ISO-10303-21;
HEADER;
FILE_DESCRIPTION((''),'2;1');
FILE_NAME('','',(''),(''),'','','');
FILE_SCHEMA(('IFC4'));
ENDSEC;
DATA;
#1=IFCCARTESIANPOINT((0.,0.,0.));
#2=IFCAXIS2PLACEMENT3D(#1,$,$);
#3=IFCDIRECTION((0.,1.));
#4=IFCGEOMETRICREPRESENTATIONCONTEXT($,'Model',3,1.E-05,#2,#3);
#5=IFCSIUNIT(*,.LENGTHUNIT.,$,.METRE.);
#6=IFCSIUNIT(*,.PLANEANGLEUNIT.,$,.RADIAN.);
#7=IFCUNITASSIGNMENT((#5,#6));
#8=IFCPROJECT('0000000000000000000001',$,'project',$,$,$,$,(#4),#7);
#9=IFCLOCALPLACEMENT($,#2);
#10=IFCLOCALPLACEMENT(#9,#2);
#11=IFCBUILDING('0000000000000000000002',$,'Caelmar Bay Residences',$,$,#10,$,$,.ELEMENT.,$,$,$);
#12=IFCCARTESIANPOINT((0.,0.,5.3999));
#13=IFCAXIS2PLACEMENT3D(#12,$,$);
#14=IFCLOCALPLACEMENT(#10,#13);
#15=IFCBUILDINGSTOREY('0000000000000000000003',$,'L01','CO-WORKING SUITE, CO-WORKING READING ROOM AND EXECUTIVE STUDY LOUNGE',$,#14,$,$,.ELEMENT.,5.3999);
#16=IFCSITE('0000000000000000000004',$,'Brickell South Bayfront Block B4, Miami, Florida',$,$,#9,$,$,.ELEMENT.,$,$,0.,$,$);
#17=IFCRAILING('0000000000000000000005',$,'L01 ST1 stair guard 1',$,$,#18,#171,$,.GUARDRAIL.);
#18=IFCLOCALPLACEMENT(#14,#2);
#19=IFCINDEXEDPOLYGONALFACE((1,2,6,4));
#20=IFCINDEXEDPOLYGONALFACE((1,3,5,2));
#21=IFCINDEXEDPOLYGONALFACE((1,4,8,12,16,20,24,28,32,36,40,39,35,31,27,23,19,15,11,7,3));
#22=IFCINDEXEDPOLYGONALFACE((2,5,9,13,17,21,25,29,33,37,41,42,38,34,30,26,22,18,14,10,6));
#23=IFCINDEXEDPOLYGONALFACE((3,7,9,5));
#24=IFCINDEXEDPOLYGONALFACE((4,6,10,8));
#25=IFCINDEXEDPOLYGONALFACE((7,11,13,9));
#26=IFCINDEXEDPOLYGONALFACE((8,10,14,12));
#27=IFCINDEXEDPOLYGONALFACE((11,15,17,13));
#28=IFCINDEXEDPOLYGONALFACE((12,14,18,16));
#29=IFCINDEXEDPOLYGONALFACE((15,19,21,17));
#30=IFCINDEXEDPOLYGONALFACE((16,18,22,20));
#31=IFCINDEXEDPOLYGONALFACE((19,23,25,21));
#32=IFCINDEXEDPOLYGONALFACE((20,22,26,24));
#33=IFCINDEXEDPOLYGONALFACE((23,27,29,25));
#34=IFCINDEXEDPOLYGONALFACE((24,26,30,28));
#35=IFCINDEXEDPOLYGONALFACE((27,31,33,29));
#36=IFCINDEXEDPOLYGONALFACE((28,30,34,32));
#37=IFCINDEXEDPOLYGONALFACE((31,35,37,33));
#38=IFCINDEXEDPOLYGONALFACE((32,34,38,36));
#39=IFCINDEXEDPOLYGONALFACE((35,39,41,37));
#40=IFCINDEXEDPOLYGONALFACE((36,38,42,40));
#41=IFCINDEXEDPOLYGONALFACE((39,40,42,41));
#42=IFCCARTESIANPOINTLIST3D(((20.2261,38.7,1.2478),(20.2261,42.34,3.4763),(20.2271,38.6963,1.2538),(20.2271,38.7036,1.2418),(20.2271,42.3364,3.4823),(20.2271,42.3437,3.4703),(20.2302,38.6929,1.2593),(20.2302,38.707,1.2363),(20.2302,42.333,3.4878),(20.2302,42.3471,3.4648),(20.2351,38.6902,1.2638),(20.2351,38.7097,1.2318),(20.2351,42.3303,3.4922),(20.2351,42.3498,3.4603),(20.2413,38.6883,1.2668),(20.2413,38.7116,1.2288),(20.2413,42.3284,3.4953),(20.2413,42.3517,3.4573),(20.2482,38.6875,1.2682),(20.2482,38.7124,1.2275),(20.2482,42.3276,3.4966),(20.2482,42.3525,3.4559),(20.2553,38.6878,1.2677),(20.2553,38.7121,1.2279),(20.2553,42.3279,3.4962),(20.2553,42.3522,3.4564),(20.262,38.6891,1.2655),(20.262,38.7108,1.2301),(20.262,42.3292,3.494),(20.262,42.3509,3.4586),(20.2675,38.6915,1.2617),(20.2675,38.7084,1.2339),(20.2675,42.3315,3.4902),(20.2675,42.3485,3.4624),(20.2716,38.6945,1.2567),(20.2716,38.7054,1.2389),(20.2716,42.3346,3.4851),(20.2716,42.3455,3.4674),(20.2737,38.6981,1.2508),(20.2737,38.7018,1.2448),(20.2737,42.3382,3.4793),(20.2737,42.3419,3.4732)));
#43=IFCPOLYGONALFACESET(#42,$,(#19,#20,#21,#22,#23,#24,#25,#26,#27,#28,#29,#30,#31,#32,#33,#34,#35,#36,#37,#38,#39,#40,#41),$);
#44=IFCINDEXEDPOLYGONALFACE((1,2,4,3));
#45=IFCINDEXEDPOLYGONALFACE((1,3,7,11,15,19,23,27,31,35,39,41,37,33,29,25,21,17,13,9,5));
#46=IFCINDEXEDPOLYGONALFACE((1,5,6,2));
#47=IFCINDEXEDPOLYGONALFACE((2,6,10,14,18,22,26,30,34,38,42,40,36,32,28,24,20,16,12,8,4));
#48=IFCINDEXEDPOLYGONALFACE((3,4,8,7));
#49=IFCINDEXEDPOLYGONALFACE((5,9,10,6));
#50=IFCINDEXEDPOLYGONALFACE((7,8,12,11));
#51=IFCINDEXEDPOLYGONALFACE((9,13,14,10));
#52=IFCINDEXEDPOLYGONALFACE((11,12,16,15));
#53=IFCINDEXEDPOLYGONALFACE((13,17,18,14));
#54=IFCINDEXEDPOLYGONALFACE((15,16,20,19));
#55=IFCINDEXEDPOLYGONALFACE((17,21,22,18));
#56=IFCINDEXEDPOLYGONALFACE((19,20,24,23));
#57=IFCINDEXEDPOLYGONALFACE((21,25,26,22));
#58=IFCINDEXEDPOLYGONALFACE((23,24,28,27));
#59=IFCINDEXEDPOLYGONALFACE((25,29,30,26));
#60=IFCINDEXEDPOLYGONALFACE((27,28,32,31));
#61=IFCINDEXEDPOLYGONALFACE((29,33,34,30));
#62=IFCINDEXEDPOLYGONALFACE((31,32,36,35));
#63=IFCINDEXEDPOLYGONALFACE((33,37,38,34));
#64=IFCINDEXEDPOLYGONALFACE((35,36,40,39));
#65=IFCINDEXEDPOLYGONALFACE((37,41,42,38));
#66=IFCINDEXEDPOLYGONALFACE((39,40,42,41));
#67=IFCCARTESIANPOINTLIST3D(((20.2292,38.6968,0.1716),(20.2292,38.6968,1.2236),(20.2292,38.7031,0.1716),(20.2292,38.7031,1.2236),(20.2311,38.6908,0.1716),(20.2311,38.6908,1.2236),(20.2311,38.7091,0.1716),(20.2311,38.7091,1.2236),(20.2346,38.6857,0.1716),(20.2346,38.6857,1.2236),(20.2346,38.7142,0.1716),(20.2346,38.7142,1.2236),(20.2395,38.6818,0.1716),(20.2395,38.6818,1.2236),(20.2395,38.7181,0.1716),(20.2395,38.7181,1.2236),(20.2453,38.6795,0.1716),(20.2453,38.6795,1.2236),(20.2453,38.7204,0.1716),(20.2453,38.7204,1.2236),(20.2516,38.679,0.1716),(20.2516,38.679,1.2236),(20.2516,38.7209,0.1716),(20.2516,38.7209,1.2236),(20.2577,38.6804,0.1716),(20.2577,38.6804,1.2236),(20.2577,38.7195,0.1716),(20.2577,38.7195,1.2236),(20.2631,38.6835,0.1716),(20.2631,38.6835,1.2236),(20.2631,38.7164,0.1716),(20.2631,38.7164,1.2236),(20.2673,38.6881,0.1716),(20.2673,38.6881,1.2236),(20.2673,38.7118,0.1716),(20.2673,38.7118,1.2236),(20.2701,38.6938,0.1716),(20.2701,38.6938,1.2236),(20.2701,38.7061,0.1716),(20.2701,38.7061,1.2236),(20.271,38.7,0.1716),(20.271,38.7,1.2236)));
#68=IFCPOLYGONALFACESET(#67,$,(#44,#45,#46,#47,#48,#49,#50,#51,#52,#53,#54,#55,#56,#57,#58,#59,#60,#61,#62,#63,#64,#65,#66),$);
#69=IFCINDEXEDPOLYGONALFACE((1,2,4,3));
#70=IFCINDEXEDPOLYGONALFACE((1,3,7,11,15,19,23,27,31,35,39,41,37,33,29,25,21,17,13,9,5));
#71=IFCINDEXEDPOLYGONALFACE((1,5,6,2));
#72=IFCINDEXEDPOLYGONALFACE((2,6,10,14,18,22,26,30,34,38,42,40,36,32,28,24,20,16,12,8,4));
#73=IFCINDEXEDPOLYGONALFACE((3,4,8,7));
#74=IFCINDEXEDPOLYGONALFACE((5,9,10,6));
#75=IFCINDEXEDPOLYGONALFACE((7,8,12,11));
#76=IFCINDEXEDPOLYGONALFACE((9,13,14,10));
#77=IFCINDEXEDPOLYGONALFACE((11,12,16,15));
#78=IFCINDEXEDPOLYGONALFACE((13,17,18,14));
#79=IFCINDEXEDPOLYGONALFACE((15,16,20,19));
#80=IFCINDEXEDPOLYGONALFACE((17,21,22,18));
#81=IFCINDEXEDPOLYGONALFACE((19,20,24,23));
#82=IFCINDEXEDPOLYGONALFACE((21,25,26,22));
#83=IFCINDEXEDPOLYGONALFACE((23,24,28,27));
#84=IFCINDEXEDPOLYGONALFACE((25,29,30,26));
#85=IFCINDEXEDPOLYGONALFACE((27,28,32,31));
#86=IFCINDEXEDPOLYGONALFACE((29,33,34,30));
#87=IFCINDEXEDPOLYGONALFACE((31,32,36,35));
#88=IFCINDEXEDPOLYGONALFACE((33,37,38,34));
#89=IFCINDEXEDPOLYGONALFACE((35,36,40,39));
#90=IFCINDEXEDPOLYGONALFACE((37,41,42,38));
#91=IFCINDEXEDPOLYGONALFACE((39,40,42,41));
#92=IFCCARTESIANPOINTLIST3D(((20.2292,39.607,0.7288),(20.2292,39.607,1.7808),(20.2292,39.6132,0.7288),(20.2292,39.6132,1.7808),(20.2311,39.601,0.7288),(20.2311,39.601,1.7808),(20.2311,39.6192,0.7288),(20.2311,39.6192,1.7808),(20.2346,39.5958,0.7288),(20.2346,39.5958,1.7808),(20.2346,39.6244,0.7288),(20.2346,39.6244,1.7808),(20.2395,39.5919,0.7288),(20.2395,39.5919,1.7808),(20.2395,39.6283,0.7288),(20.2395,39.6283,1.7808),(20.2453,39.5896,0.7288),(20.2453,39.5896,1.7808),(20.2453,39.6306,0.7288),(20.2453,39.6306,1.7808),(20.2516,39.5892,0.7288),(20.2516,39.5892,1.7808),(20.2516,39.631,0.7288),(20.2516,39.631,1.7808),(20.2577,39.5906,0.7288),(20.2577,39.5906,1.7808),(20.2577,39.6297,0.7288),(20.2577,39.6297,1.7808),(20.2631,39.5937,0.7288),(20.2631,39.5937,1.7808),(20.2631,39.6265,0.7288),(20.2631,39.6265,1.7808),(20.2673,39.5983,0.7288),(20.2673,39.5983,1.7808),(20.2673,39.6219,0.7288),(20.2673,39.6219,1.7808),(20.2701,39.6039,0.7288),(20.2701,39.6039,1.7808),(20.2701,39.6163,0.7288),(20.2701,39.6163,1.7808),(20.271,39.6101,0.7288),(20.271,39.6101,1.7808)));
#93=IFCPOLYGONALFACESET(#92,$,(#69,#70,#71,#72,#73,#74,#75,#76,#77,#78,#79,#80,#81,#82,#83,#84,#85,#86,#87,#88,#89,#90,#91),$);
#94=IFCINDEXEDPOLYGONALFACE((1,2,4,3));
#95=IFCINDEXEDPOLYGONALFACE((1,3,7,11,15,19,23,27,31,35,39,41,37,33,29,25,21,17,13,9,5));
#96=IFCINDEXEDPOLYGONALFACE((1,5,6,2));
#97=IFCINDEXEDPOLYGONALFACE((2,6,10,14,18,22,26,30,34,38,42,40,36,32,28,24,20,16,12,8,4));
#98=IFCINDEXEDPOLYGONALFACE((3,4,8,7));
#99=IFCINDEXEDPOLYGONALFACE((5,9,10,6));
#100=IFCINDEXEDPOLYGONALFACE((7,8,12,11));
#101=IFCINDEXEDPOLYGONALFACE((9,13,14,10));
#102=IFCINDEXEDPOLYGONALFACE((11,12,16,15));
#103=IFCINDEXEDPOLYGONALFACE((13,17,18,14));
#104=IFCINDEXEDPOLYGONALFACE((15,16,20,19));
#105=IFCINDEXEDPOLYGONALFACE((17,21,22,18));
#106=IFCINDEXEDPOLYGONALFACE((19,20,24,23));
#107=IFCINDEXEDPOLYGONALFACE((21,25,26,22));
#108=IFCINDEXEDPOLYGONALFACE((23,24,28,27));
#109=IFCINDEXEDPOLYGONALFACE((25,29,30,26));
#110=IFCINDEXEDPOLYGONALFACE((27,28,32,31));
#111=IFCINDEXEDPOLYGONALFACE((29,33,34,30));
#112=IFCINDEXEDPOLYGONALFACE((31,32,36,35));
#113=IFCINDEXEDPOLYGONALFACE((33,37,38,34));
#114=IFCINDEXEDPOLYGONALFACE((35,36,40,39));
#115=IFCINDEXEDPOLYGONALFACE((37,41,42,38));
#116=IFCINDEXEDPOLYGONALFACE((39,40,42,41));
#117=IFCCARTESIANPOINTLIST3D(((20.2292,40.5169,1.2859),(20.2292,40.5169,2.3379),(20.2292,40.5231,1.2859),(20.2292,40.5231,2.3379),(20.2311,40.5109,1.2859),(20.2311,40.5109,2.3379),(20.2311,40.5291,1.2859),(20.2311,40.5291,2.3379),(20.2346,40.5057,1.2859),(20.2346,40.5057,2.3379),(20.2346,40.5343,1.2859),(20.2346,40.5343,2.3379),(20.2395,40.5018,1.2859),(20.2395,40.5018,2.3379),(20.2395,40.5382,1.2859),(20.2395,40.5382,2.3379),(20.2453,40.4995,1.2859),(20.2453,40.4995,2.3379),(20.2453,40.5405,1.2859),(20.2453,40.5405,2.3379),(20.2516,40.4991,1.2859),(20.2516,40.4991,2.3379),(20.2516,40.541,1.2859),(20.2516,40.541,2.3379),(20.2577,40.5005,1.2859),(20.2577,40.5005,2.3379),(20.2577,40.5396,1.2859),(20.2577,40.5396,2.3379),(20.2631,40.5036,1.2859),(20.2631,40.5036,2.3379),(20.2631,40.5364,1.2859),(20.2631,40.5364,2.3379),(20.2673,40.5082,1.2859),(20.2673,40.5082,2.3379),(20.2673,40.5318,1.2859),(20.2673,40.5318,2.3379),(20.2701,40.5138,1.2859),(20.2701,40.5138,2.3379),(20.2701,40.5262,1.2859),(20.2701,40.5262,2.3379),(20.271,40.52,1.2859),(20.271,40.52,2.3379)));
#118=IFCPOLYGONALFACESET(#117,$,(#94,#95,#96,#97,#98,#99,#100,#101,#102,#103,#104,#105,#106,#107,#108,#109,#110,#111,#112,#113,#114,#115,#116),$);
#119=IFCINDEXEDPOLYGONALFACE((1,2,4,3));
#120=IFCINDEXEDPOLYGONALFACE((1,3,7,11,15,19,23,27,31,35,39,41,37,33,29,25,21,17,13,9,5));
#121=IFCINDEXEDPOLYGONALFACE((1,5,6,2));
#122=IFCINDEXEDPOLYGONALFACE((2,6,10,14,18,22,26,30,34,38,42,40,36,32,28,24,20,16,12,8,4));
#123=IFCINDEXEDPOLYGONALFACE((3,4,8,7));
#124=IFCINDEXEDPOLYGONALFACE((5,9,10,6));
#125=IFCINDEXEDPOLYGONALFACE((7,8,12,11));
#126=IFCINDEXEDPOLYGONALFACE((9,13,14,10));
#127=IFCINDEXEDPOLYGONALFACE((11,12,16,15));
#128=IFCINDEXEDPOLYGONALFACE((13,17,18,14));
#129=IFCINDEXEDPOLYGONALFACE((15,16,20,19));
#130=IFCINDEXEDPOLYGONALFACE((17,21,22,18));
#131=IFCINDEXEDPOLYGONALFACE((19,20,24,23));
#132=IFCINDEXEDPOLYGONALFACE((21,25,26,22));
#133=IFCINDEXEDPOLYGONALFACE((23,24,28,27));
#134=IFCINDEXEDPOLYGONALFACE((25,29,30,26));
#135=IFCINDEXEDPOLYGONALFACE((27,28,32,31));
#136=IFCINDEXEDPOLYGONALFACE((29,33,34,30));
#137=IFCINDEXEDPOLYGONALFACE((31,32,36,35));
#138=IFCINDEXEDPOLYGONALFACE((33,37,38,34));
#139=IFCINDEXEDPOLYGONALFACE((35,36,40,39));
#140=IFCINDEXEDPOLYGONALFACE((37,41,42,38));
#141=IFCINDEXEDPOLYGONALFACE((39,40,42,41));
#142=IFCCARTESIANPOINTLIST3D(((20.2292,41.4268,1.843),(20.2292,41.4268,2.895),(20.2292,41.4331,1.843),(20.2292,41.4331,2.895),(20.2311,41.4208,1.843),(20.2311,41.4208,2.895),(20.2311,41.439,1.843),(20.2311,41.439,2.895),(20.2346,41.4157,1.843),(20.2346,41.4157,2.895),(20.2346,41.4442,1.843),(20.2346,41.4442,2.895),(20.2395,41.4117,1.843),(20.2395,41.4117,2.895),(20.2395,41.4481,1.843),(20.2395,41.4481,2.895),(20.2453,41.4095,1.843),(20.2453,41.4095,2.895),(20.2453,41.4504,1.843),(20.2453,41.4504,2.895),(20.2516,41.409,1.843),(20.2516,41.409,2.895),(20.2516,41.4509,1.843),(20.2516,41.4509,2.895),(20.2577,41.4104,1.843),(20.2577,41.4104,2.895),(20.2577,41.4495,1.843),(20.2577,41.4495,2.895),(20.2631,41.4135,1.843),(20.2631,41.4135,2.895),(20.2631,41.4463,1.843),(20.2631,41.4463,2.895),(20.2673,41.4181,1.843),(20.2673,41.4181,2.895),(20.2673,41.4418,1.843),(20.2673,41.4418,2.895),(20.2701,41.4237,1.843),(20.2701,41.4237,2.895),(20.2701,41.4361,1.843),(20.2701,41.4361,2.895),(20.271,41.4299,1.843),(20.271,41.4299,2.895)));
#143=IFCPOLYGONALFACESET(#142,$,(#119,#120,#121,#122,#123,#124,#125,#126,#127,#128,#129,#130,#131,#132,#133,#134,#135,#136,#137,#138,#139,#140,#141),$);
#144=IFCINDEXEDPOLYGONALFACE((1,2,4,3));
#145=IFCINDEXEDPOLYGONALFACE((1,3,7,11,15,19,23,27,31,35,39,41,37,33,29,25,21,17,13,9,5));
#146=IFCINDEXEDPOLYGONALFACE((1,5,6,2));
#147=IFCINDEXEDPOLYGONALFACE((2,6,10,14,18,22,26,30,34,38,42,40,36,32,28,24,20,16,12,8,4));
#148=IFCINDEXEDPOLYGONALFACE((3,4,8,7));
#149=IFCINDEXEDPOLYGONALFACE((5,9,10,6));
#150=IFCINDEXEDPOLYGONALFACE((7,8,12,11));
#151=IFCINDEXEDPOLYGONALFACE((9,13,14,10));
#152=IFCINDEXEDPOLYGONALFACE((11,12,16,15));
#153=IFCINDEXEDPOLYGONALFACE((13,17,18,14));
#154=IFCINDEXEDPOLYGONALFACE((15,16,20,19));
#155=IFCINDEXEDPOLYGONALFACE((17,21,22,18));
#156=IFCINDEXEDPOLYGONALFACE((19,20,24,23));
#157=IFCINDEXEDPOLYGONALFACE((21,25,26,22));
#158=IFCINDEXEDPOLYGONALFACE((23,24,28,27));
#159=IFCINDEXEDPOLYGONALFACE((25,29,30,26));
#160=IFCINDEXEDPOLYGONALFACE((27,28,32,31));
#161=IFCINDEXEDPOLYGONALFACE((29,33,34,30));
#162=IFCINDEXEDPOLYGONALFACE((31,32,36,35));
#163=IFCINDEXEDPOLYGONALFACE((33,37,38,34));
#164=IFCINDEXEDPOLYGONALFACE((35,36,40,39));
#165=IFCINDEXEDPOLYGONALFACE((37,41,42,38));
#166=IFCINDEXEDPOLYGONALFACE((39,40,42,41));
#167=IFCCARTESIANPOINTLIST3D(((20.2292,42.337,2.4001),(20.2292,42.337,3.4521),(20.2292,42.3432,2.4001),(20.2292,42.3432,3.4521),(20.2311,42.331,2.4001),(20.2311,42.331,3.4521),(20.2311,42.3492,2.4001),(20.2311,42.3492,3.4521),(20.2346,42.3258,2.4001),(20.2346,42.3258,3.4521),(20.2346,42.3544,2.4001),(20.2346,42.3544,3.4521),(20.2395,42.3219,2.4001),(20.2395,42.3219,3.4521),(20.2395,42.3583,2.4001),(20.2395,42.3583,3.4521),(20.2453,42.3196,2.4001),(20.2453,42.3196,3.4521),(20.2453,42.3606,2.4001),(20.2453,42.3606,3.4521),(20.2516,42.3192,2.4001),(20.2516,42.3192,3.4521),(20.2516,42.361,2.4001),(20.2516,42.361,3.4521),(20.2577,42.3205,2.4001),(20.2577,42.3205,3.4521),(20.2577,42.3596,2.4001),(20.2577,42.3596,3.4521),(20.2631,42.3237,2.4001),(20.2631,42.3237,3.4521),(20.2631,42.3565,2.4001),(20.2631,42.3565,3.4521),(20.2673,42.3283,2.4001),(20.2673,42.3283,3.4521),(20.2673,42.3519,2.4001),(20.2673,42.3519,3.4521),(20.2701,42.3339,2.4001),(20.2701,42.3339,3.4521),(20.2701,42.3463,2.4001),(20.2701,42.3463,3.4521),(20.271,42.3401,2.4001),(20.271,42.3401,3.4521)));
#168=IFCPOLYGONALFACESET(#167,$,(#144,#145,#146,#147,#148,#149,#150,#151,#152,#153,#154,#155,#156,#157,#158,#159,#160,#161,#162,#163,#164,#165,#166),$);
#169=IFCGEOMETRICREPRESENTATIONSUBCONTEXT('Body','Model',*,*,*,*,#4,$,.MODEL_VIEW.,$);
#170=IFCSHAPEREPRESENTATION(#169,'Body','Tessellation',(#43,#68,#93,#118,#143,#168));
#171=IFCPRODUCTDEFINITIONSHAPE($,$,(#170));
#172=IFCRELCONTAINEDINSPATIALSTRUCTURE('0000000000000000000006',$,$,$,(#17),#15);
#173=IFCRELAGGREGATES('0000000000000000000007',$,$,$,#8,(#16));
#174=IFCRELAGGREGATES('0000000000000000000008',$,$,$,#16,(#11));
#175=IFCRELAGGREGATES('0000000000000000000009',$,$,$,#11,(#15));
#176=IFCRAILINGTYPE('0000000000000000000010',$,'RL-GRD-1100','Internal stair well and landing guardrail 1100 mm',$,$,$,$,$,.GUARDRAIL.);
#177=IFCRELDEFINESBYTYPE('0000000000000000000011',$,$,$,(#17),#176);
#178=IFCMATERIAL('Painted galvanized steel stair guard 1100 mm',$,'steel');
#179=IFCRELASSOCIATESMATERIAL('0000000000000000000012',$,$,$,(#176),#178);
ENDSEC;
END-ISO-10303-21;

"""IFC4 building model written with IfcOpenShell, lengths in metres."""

from ifc_helpers import new_model, si_unit, direction, frame, origin, origin_2d, place, context, subcontext, project, spatial, circle, extrude, material, type_object, element, save


model = new_model("IFC4")

# Units and contexts
model_context = context("Model", 3, precision=1e-05, world=origin(), true_north=direction((0.0, 1.0)))
body_context = subcontext(model_context, "Body", "Model", "MODEL_VIEW")
ifc_project = project(units=[si_unit("LENGTHUNIT", "METRE"), si_unit("PLANEANGLEUNIT", "RADIAN")], contexts=[model_context])

# Site, building, storey
site_placement = place(None, origin())
site = spatial("IfcSite", under=ifc_project, at=site_placement, Name="Brickell South Bayfront Block B4, Miami, Florida", CompositionType="ELEMENT", RefElevation=0.0)
building_placement = place(site_placement, origin())
building = spatial("IfcBuilding", under=site, at=building_placement, Name="Caelmar Bay Residences", CompositionType="ELEMENT")
storey_placement = place(building_placement, frame((0.0, 0.0, 5.3999)))
storey = spatial("IfcBuildingStorey", under=building, at=storey_placement, Name="L01", Description="CO-WORKING SUITE, CO-WORKING READING ROOM AND EXECUTIVE STUDY LOUNGE", CompositionType="ELEMENT", Elevation=5.3999)

# Railing
ifc_material_1 = material(Name="Painted galvanized steel stair guard 1100 mm", Category="steel")
railing_type_1 = type_object("IfcRailingType", Name="RL-GRD-1100", Description="Internal stair well and landing guardrail 1100 mm", PredefinedType="GUARDRAIL", material=ifc_material_1)
for number, where, name in (
    (1, (20.25, 38.7, 0.1716), "L01 ST1 stair guard 1"),
):
    element("IfcRailing", number, at=place(storey_placement, frame(where)), inside=storey, type_object=railing_type_1, Name=name, PredefinedType="GUARDRAIL", context=body_context, shape_type="SweptSolid", body=[
        extrude(circle(Radius=0.0239, at=origin_2d()), frame((0.0, 0.0, 1.0762), z_axis=(0.0, 0.852866, 0.52213), x_axis=(-1.0, 0.0, 0.0)), (0.0, 0.0, 1.0), 4.2681),
        extrude(circle(Radius=0.021, at=origin_2d()), origin(), (0.0, 0.0, 1.0), 1.052),
        extrude(circle(Radius=0.021, at=origin_2d()), frame((0.0, 0.9102, 0.5571)), (0.0, 0.0, 1.0), 1.052),
        extrude(circle(Radius=0.021, at=origin_2d()), frame((0.0, 1.8201, 1.1143)), (0.0, 0.0, 1.0), 1.052),
        extrude(circle(Radius=0.021, at=origin_2d()), frame((0.0, 2.73, 1.6714)), (0.0, 0.0, 1.0), 1.052),
        extrude(circle(Radius=0.021, at=origin_2d()), frame((0.0, 3.6401, 2.2285)), (0.0, 0.0, 1.0), 1.052),
    ])

save(model, "model.ifc")
